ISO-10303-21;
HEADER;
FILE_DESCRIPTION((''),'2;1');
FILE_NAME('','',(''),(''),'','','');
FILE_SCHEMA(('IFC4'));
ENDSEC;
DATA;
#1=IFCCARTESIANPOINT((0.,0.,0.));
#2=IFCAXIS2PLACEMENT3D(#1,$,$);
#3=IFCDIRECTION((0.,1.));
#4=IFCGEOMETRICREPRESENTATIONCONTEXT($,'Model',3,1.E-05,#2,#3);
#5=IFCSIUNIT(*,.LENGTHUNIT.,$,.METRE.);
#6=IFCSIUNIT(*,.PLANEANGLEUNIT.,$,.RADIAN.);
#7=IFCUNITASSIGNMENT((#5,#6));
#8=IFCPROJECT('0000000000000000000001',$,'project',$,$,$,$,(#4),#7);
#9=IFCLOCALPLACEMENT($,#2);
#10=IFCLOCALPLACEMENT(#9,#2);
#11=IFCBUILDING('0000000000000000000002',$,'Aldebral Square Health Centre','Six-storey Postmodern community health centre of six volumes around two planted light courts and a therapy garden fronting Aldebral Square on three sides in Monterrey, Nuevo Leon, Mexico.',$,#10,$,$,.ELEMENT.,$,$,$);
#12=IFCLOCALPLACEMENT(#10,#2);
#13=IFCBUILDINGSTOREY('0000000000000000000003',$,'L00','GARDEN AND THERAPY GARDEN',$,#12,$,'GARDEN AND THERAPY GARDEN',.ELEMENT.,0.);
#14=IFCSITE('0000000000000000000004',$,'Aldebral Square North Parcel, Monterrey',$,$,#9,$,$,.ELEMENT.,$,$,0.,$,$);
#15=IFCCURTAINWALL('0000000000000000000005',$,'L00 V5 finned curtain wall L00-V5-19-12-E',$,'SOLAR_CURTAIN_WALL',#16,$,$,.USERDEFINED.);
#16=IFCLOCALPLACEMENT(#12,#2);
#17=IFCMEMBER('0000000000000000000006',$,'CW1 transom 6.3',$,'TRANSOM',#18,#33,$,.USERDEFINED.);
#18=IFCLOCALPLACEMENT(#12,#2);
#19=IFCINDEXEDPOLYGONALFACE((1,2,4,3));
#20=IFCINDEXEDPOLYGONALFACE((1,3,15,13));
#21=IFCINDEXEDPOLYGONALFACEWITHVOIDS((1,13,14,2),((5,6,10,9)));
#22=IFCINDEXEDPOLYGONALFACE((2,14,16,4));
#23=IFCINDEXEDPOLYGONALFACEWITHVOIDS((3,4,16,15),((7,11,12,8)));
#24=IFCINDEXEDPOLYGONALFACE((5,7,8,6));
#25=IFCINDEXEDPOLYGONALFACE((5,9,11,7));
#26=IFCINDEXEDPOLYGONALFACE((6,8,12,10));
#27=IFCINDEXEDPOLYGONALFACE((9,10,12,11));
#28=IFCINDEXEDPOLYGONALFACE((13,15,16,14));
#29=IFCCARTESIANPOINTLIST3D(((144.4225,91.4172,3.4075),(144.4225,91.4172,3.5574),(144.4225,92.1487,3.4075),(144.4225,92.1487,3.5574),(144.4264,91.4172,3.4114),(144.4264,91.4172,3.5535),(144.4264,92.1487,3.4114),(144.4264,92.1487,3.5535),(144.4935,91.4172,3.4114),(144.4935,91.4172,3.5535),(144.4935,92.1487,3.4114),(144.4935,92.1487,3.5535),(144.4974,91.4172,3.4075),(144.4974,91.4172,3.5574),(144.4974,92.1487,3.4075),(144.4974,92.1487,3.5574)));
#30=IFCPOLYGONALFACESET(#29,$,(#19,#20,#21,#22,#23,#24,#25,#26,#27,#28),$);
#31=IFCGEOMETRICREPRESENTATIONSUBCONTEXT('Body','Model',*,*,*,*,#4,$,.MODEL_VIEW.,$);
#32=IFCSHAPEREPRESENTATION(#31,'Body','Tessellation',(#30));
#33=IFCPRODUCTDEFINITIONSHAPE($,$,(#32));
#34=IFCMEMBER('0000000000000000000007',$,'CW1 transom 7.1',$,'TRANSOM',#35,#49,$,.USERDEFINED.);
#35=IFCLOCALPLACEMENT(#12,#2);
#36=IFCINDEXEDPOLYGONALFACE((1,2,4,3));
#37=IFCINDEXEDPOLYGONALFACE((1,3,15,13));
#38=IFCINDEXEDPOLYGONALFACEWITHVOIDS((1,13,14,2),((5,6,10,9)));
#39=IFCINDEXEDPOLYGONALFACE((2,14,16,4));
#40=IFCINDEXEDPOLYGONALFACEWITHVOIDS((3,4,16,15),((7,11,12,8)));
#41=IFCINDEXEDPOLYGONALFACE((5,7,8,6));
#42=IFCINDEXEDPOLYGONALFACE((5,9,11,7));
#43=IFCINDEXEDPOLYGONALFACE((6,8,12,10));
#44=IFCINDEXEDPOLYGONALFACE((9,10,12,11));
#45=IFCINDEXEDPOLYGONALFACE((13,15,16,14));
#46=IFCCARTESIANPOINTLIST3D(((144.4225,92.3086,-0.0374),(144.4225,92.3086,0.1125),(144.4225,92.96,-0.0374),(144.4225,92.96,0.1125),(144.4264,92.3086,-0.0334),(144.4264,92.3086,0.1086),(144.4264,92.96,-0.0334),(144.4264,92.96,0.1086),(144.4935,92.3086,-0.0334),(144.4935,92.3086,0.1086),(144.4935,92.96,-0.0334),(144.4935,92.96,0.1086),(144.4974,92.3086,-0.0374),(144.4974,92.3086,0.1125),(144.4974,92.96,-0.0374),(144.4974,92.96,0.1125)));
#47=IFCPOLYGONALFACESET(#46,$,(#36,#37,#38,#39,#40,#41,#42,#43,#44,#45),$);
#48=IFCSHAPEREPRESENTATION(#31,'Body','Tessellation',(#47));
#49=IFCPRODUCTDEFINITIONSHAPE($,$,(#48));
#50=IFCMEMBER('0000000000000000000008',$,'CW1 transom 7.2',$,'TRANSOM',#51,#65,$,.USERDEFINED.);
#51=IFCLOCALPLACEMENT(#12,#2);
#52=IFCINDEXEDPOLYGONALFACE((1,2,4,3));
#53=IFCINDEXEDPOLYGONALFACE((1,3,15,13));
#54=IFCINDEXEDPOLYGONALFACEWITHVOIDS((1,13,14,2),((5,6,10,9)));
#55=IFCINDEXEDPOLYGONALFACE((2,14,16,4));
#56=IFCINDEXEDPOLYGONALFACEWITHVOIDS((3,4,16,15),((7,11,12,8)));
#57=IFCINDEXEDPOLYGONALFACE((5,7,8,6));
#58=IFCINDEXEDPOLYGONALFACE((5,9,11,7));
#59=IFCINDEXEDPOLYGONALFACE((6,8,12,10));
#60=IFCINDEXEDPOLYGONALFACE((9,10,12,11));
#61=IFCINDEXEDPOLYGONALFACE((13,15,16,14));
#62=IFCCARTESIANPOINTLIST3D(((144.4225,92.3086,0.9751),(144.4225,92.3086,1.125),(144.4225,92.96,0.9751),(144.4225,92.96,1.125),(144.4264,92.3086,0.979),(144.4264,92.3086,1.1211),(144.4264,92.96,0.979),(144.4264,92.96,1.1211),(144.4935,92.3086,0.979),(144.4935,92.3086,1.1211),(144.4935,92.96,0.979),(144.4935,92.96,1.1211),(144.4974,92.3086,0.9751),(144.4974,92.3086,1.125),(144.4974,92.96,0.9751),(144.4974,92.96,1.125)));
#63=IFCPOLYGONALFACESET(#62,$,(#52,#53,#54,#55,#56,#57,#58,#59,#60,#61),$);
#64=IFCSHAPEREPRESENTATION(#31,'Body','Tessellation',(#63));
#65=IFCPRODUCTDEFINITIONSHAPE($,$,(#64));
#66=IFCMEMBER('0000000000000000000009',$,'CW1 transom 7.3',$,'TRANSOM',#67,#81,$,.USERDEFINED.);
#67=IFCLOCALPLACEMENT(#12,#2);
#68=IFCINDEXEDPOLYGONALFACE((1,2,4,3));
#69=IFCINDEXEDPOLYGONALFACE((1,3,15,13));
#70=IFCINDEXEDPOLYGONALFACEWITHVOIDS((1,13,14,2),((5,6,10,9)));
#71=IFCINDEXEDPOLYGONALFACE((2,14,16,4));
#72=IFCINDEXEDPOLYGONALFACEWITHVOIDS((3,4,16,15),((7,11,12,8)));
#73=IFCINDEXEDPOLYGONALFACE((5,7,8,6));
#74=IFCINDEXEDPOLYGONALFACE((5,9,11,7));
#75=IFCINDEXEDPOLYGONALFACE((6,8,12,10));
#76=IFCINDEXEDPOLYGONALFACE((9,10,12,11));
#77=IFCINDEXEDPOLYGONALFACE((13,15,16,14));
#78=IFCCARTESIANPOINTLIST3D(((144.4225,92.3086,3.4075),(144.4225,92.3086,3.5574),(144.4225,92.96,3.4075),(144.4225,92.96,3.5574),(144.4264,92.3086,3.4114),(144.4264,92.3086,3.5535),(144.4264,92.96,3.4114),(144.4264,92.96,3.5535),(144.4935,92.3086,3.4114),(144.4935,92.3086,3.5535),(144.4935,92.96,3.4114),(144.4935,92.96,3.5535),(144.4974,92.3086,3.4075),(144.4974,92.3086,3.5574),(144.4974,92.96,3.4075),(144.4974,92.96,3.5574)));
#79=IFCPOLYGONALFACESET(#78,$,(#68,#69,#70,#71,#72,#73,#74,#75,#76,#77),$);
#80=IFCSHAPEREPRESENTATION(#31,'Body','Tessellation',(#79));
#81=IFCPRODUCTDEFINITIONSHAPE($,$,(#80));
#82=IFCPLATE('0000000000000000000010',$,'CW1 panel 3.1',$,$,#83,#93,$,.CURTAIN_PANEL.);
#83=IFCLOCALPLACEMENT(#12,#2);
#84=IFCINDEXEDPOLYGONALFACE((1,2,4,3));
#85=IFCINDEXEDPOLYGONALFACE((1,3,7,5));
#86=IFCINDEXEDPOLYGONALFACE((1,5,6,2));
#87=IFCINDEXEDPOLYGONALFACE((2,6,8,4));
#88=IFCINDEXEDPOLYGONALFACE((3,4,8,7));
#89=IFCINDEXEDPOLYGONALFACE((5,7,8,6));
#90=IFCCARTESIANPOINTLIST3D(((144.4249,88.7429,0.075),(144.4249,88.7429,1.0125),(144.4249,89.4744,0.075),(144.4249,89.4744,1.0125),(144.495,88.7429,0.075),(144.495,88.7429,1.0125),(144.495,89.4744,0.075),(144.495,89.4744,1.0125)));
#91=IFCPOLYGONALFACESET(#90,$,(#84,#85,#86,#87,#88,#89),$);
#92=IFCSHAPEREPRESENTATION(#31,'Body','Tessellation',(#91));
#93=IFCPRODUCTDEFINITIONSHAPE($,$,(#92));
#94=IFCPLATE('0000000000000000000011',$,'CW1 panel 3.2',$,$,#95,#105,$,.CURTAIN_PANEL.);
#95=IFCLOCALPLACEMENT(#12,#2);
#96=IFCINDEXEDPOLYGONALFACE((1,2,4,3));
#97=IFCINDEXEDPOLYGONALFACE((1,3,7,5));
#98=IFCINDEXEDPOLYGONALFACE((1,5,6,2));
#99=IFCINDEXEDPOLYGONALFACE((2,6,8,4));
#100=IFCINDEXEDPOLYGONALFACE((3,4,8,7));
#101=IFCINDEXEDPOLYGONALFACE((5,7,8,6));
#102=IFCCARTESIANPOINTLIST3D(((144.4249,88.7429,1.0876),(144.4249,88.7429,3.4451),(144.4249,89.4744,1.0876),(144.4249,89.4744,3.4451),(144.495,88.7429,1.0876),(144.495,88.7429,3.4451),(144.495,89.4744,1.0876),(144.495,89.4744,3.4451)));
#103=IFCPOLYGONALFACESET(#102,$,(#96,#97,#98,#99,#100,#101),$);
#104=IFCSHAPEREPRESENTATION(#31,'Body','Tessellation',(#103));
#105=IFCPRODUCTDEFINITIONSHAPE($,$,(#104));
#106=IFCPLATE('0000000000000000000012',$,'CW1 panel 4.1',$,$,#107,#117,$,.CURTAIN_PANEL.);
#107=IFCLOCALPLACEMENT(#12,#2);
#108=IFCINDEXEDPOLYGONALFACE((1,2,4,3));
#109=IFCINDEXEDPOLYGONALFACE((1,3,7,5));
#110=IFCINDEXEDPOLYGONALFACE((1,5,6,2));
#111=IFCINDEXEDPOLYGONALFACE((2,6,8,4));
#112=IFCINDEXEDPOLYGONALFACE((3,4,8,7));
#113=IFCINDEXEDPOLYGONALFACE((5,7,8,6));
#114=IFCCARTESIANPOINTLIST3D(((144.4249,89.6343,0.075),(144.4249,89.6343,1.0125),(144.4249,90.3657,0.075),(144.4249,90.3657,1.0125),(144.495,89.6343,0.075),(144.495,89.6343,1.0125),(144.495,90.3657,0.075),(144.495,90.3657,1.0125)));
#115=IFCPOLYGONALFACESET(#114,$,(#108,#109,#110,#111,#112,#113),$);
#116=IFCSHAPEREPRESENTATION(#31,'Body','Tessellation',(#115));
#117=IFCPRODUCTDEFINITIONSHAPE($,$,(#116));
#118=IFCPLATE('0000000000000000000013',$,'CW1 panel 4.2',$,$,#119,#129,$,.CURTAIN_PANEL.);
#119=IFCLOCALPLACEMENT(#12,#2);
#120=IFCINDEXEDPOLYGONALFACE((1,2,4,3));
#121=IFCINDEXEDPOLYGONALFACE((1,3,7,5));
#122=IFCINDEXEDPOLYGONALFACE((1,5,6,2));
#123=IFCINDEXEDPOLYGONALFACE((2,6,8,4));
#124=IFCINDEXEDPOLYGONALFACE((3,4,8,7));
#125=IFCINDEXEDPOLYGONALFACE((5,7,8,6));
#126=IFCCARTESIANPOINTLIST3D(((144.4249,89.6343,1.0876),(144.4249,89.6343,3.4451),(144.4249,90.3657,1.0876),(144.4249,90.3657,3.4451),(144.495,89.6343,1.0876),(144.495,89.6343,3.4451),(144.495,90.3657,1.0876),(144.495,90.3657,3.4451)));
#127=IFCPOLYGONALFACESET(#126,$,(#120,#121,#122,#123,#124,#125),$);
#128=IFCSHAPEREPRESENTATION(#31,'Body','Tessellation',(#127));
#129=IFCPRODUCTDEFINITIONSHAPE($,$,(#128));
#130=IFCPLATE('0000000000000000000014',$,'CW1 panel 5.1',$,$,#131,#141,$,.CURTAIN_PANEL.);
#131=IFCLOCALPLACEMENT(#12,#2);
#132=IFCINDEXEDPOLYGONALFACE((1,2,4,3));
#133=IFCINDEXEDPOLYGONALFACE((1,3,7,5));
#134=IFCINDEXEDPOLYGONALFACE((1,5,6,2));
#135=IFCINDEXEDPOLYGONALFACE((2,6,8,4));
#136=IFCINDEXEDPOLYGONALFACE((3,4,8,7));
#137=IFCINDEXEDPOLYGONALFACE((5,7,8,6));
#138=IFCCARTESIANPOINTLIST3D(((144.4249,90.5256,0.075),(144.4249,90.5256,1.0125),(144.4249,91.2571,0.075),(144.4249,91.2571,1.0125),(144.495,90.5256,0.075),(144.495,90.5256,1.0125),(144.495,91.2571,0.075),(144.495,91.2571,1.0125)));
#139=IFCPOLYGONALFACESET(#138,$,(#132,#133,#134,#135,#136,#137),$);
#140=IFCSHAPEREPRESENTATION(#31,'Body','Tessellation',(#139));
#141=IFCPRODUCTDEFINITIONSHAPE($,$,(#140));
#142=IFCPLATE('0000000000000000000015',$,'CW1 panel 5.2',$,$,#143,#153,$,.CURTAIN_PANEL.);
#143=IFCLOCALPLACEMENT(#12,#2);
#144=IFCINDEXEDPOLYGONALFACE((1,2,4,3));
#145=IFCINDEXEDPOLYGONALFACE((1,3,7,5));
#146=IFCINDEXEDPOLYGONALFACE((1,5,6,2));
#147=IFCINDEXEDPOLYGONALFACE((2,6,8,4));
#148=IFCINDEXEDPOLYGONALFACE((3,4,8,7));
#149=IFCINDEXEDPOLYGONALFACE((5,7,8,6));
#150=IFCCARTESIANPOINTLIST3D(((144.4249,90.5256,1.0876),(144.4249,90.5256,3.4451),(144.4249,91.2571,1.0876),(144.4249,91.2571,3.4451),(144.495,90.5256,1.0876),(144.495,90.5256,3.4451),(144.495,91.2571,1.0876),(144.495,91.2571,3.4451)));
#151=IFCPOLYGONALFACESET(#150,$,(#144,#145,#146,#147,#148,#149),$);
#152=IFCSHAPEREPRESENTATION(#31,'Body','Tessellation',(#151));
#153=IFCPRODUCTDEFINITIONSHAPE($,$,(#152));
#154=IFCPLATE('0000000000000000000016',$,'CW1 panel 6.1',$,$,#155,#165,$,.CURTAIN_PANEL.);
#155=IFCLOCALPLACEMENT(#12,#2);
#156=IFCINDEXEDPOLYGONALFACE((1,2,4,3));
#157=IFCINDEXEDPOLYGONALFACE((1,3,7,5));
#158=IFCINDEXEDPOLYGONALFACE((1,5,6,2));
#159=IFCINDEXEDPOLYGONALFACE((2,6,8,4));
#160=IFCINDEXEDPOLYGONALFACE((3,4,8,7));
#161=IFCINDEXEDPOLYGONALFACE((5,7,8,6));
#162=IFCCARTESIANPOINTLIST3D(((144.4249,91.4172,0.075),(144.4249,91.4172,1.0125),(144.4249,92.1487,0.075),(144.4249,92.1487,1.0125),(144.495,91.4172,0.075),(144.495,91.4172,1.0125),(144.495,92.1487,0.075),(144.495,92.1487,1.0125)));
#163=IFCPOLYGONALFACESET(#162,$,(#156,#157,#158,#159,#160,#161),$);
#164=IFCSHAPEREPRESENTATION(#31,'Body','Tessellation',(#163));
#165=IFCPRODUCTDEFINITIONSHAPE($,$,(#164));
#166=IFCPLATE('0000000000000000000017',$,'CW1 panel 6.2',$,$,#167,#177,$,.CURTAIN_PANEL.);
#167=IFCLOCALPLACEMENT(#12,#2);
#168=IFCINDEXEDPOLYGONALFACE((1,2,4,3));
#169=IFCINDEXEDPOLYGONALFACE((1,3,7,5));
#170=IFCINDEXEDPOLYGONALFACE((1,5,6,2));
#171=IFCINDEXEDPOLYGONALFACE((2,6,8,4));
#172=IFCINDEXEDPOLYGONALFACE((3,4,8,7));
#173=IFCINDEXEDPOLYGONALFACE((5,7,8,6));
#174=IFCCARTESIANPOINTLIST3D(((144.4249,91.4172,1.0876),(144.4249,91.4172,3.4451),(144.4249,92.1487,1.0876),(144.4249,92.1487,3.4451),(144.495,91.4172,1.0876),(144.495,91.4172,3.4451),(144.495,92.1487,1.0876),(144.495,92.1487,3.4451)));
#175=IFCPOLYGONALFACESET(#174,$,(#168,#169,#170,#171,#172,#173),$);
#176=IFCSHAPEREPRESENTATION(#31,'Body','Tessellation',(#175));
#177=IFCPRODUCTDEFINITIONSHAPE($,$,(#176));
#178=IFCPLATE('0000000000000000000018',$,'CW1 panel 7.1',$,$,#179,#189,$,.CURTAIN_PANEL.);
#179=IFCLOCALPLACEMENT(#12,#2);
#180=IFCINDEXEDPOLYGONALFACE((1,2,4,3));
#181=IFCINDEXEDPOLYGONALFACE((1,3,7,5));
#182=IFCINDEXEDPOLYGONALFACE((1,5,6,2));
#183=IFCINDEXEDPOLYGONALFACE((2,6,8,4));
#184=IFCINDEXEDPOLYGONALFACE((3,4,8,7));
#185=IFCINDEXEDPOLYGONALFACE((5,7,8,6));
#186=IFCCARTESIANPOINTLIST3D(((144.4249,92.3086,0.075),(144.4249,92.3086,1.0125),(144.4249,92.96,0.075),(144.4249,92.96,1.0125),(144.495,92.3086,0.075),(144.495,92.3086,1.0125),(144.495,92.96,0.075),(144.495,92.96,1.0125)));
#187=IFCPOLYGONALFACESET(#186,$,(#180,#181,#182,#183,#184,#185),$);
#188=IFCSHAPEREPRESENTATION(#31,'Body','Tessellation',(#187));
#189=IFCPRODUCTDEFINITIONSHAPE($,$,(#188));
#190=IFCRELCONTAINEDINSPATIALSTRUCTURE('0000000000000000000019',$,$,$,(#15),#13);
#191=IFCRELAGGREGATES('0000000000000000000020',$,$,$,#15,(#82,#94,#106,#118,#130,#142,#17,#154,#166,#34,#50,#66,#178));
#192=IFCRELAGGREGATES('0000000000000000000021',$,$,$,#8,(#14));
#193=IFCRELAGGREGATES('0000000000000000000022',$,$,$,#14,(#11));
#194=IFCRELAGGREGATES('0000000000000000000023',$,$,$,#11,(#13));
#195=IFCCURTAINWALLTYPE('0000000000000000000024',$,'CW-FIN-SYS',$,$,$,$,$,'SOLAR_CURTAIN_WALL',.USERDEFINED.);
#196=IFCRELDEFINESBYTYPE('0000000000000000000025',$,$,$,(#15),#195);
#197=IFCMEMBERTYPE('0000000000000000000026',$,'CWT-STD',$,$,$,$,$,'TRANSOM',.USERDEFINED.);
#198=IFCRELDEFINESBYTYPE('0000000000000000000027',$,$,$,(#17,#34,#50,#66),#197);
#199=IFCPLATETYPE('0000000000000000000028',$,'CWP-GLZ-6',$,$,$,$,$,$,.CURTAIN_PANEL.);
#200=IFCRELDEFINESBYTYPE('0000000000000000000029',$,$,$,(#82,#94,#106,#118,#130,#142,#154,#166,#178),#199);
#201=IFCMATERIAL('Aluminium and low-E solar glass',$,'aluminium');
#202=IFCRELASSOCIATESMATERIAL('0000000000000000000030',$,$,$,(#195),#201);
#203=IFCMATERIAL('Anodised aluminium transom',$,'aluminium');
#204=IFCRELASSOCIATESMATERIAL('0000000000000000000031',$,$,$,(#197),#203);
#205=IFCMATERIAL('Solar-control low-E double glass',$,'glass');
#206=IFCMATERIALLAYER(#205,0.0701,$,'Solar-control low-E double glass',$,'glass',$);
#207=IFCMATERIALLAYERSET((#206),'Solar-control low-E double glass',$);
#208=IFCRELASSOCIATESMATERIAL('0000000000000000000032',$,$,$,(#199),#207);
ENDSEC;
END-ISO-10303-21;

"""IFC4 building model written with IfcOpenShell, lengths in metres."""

from ifc_helpers import new_model, si_unit, direction, frame, origin, origin_2d, place, context, subcontext, project, spatial, rectangle, hollow_rectangle, extrude, material, layer, layer_set, material_profile, profile_set, type_object, element, aggregate, save


model = new_model("IFC4")

# Units and contexts
model_context = context("Model", 3, precision=1e-05, world=origin(), true_north=direction((0.0, 1.0)))
body_context = subcontext(model_context, "Body", "Model", "MODEL_VIEW")
ifc_project = project(units=[si_unit("LENGTHUNIT", "METRE"), si_unit("PLANEANGLEUNIT", "RADIAN")], contexts=[model_context])

# Site, building, storey
site_placement = place(None, origin())
site = spatial("IfcSite", under=ifc_project, at=site_placement, Name="Aldebral Square North Parcel, Monterrey", CompositionType="ELEMENT", RefElevation=0.0)
building_placement = place(site_placement, origin())
building = spatial("IfcBuilding", under=site, at=building_placement, Name="Aldebral Square Health Centre", Description="Six-storey Postmodern community health centre of six volumes around two planted light courts and a therapy garden fronting Aldebral Square on three sides in Monterrey, Nuevo Leon, Mexico.", CompositionType="ELEMENT")
storey_placement = place(building_placement, origin())
storey = spatial("IfcBuildingStorey", under=building, at=storey_placement, Name="L00", Description="GARDEN AND THERAPY GARDEN", LongName="GARDEN AND THERAPY GARDEN", CompositionType="ELEMENT", Elevation=0.0)

# Curtain wall, members, plates
ifc_material_1 = material(Name="Aluminium and low-E solar glass", Category="aluminium")
curtain_wall_type = type_object("IfcCurtainWallType", Name="CW-FIN-SYS", ElementType="SOLAR_CURTAIN_WALL", PredefinedType="USERDEFINED", material=ifc_material_1)
curtain_wall_placement = place(storey_placement, origin())
curtain_wall = element("IfcCurtainWall", 1, at=curtain_wall_placement, inside=storey, type_object=curtain_wall_type, Name="L00 V5 finned curtain wall L00-V5-19-12-E", ObjectType="SOLAR_CURTAIN_WALL", PredefinedType="USERDEFINED")
ifc_material_2 = material(Name="Anodised aluminium transom", Category="aluminium")
ifc_material_profile_1 = material_profile(ifc_material_2, hollow_rectangle(XDim=0.075, YDim=0.1499, WallThickness=0.0039, at=origin_2d()), Name="CWT 75x150x4")
ifc_profile_set_1 = profile_set([ifc_material_profile_1], Name="Anodised aluminium transom")
member_type_1 = type_object("IfcMemberType", Name="CWT-STD", ElementType="TRANSOM", PredefinedType="USERDEFINED", material=ifc_profile_set_1)
member_1_placement = place(storey_placement, frame((144.46, 91.4172, 3.4824), z_axis=(0.0, 1.0, 0.0), x_axis=(-1.0, 0.0, 0.0)))
member_1 = element("IfcMember", 2, at=member_1_placement, type_object=member_type_1, Name="CW1 transom 6.3", ObjectType="TRANSOM", PredefinedType="USERDEFINED", context=body_context, shape_type="SweptSolid", body=[
    extrude(hollow_rectangle(XDim=0.075, YDim=0.1499, WallThickness=0.0039, at=origin_2d()), origin(), (0.0, 0.0, 1.0), 0.7314),
])
member_2_placement = place(storey_placement, frame((144.46, 92.3086, 0.0376), z_axis=(0.0, 1.0, 0.0), x_axis=(-1.0, 0.0, 0.0)))
member_2 = element("IfcMember", 3, at=member_2_placement, type_object=member_type_1, Name="CW1 transom 7.1", ObjectType="TRANSOM", PredefinedType="USERDEFINED", context=body_context, shape_type="SweptSolid", body=[
    extrude(hollow_rectangle(XDim=0.075, YDim=0.1499, WallThickness=0.0039, at=origin_2d()), origin(), (0.0, 0.0, 1.0), 0.6514),
])
member_3_placement = place(storey_placement, frame((144.46, 92.3086, 1.05), z_axis=(0.0, 1.0, 0.0), x_axis=(-1.0, 0.0, 0.0)))
member_3 = element("IfcMember", 4, at=member_3_placement, type_object=member_type_1, Name="CW1 transom 7.2", ObjectType="TRANSOM", PredefinedType="USERDEFINED", context=body_context, shape_type="SweptSolid", body=[
    extrude(hollow_rectangle(XDim=0.075, YDim=0.1499, WallThickness=0.0039, at=origin_2d()), origin(), (0.0, 0.0, 1.0), 0.6514),
])
member_4_placement = place(storey_placement, frame((144.46, 92.3086, 3.4824), z_axis=(0.0, 1.0, 0.0), x_axis=(-1.0, 0.0, 0.0)))
member_4 = element("IfcMember", 5, at=member_4_placement, type_object=member_type_1, Name="CW1 transom 7.3", ObjectType="TRANSOM", PredefinedType="USERDEFINED", context=body_context, shape_type="SweptSolid", body=[
    extrude(hollow_rectangle(XDim=0.075, YDim=0.1499, WallThickness=0.0039, at=origin_2d()), origin(), (0.0, 0.0, 1.0), 0.6514),
])
ifc_material_3 = material(Name="Solar-control low-E double glass", Category="glass")
ifc_layer = layer(ifc_material_3, 0.0701, Name="Solar-control low-E double glass", Category="glass")
ifc_layer_set = layer_set([ifc_layer], Name="Solar-control low-E double glass")
plate_type = type_object("IfcPlateType", Name="CWP-GLZ-6", PredefinedType="CURTAIN_PANEL", material=ifc_layer_set)
plate_1_placement = place(storey_placement, frame((144.46, 89.1086, 0.075), z_axis=(0.0, 0.0, 1.0), x_axis=(0.0, 1.0, 0.0)))
plate_1 = element("IfcPlate", 6, at=plate_1_placement, type_object=plate_type, Name="CW1 panel 3.1", PredefinedType="CURTAIN_PANEL", context=body_context, shape_type="SweptSolid", body=[
    extrude(rectangle(XDim=0.7314, YDim=0.0701, at=origin_2d()), origin(), (0.0, 0.0, 1.0), 0.9375),
])
plate_2_placement = place(storey_placement, frame((144.46, 89.1086, 1.0876), z_axis=(0.0, 0.0, 1.0), x_axis=(0.0, 1.0, 0.0)))
plate_2 = element("IfcPlate", 7, at=plate_2_placement, type_object=plate_type, Name="CW1 panel 3.2", PredefinedType="CURTAIN_PANEL", context=body_context, shape_type="SweptSolid", body=[
    extrude(rectangle(XDim=0.7314, YDim=0.0701, at=origin_2d()), origin(), (0.0, 0.0, 1.0), 2.3574),
])
plate_3_placement = place(storey_placement, frame((144.46, 90.0, 0.075), z_axis=(0.0, 0.0, 1.0), x_axis=(0.0, 1.0, 0.0)))
plate_3 = element("IfcPlate", 8, at=plate_3_placement, type_object=plate_type, Name="CW1 panel 4.1", PredefinedType="CURTAIN_PANEL", context=body_context, shape_type="SweptSolid", body=[
    extrude(rectangle(XDim=0.7314, YDim=0.0701, at=origin_2d()), origin(), (0.0, 0.0, 1.0), 0.9375),
])
plate_4_placement = place(storey_placement, frame((144.46, 90.0, 1.0876), z_axis=(0.0, 0.0, 1.0), x_axis=(0.0, 1.0, 0.0)))
plate_4 = element("IfcPlate", 9, at=plate_4_placement, type_object=plate_type, Name="CW1 panel 4.2", PredefinedType="CURTAIN_PANEL", context=body_context, shape_type="SweptSolid", body=[
    extrude(rectangle(XDim=0.7314, YDim=0.0701, at=origin_2d()), origin(), (0.0, 0.0, 1.0), 2.3574),
])
plate_5_placement = place(storey_placement, frame((144.46, 90.8914, 0.075), z_axis=(0.0, 0.0, 1.0), x_axis=(0.0, 1.0, 0.0)))
plate_5 = element("IfcPlate", 10, at=plate_5_placement, type_object=plate_type, Name="CW1 panel 5.1", PredefinedType="CURTAIN_PANEL", context=body_context, shape_type="SweptSolid", body=[
    extrude(rectangle(XDim=0.7314, YDim=0.0701, at=origin_2d()), origin(), (0.0, 0.0, 1.0), 0.9375),
])
plate_6_placement = place(storey_placement, frame((144.46, 90.8914, 1.0876), z_axis=(0.0, 0.0, 1.0), x_axis=(0.0, 1.0, 0.0)))
plate_6 = element("IfcPlate", 11, at=plate_6_placement, type_object=plate_type, Name="CW1 panel 5.2", PredefinedType="CURTAIN_PANEL", context=body_context, shape_type="SweptSolid", body=[
    extrude(rectangle(XDim=0.7314, YDim=0.0701, at=origin_2d()), origin(), (0.0, 0.0, 1.0), 2.3574),
])
plate_7_placement = place(storey_placement, frame((144.46, 91.783, 0.075), z_axis=(0.0, 0.0, 1.0), x_axis=(0.0, 1.0, 0.0)))
plate_7 = element("IfcPlate", 12, at=plate_7_placement, type_object=plate_type, Name="CW1 panel 6.1", PredefinedType="CURTAIN_PANEL", context=body_context, shape_type="SweptSolid", body=[
    extrude(rectangle(XDim=0.7314, YDim=0.0701, at=origin_2d()), origin(), (0.0, 0.0, 1.0), 0.9375),
])
plate_8_placement = place(storey_placement, frame((144.46, 91.783, 1.0876), z_axis=(0.0, 0.0, 1.0), x_axis=(0.0, 1.0, 0.0)))
plate_8 = element("IfcPlate", 13, at=plate_8_placement, type_object=plate_type, Name="CW1 panel 6.2", PredefinedType="CURTAIN_PANEL", context=body_context, shape_type="SweptSolid", body=[
    extrude(rectangle(XDim=0.7314, YDim=0.0701, at=origin_2d()), origin(), (0.0, 0.0, 1.0), 2.3574),
])
plate_9_placement = place(storey_placement, frame((144.46, 92.6343, 0.075), z_axis=(0.0, 0.0, 1.0), x_axis=(0.0, 1.0, 0.0)))
plate_9 = element("IfcPlate", 14, at=plate_9_placement, type_object=plate_type, Name="CW1 panel 7.1", PredefinedType="CURTAIN_PANEL", context=body_context, shape_type="SweptSolid", body=[
    extrude(rectangle(XDim=0.6514, YDim=0.0701, at=origin_2d()), origin(), (0.0, 0.0, 1.0), 0.9375),
])
aggregate(curtain_wall, [plate_1, plate_2, plate_3, plate_4, plate_5, plate_6, member_1, plate_7, plate_8, member_2, member_3, member_4, plate_9])

save(model, "model.ifc")
